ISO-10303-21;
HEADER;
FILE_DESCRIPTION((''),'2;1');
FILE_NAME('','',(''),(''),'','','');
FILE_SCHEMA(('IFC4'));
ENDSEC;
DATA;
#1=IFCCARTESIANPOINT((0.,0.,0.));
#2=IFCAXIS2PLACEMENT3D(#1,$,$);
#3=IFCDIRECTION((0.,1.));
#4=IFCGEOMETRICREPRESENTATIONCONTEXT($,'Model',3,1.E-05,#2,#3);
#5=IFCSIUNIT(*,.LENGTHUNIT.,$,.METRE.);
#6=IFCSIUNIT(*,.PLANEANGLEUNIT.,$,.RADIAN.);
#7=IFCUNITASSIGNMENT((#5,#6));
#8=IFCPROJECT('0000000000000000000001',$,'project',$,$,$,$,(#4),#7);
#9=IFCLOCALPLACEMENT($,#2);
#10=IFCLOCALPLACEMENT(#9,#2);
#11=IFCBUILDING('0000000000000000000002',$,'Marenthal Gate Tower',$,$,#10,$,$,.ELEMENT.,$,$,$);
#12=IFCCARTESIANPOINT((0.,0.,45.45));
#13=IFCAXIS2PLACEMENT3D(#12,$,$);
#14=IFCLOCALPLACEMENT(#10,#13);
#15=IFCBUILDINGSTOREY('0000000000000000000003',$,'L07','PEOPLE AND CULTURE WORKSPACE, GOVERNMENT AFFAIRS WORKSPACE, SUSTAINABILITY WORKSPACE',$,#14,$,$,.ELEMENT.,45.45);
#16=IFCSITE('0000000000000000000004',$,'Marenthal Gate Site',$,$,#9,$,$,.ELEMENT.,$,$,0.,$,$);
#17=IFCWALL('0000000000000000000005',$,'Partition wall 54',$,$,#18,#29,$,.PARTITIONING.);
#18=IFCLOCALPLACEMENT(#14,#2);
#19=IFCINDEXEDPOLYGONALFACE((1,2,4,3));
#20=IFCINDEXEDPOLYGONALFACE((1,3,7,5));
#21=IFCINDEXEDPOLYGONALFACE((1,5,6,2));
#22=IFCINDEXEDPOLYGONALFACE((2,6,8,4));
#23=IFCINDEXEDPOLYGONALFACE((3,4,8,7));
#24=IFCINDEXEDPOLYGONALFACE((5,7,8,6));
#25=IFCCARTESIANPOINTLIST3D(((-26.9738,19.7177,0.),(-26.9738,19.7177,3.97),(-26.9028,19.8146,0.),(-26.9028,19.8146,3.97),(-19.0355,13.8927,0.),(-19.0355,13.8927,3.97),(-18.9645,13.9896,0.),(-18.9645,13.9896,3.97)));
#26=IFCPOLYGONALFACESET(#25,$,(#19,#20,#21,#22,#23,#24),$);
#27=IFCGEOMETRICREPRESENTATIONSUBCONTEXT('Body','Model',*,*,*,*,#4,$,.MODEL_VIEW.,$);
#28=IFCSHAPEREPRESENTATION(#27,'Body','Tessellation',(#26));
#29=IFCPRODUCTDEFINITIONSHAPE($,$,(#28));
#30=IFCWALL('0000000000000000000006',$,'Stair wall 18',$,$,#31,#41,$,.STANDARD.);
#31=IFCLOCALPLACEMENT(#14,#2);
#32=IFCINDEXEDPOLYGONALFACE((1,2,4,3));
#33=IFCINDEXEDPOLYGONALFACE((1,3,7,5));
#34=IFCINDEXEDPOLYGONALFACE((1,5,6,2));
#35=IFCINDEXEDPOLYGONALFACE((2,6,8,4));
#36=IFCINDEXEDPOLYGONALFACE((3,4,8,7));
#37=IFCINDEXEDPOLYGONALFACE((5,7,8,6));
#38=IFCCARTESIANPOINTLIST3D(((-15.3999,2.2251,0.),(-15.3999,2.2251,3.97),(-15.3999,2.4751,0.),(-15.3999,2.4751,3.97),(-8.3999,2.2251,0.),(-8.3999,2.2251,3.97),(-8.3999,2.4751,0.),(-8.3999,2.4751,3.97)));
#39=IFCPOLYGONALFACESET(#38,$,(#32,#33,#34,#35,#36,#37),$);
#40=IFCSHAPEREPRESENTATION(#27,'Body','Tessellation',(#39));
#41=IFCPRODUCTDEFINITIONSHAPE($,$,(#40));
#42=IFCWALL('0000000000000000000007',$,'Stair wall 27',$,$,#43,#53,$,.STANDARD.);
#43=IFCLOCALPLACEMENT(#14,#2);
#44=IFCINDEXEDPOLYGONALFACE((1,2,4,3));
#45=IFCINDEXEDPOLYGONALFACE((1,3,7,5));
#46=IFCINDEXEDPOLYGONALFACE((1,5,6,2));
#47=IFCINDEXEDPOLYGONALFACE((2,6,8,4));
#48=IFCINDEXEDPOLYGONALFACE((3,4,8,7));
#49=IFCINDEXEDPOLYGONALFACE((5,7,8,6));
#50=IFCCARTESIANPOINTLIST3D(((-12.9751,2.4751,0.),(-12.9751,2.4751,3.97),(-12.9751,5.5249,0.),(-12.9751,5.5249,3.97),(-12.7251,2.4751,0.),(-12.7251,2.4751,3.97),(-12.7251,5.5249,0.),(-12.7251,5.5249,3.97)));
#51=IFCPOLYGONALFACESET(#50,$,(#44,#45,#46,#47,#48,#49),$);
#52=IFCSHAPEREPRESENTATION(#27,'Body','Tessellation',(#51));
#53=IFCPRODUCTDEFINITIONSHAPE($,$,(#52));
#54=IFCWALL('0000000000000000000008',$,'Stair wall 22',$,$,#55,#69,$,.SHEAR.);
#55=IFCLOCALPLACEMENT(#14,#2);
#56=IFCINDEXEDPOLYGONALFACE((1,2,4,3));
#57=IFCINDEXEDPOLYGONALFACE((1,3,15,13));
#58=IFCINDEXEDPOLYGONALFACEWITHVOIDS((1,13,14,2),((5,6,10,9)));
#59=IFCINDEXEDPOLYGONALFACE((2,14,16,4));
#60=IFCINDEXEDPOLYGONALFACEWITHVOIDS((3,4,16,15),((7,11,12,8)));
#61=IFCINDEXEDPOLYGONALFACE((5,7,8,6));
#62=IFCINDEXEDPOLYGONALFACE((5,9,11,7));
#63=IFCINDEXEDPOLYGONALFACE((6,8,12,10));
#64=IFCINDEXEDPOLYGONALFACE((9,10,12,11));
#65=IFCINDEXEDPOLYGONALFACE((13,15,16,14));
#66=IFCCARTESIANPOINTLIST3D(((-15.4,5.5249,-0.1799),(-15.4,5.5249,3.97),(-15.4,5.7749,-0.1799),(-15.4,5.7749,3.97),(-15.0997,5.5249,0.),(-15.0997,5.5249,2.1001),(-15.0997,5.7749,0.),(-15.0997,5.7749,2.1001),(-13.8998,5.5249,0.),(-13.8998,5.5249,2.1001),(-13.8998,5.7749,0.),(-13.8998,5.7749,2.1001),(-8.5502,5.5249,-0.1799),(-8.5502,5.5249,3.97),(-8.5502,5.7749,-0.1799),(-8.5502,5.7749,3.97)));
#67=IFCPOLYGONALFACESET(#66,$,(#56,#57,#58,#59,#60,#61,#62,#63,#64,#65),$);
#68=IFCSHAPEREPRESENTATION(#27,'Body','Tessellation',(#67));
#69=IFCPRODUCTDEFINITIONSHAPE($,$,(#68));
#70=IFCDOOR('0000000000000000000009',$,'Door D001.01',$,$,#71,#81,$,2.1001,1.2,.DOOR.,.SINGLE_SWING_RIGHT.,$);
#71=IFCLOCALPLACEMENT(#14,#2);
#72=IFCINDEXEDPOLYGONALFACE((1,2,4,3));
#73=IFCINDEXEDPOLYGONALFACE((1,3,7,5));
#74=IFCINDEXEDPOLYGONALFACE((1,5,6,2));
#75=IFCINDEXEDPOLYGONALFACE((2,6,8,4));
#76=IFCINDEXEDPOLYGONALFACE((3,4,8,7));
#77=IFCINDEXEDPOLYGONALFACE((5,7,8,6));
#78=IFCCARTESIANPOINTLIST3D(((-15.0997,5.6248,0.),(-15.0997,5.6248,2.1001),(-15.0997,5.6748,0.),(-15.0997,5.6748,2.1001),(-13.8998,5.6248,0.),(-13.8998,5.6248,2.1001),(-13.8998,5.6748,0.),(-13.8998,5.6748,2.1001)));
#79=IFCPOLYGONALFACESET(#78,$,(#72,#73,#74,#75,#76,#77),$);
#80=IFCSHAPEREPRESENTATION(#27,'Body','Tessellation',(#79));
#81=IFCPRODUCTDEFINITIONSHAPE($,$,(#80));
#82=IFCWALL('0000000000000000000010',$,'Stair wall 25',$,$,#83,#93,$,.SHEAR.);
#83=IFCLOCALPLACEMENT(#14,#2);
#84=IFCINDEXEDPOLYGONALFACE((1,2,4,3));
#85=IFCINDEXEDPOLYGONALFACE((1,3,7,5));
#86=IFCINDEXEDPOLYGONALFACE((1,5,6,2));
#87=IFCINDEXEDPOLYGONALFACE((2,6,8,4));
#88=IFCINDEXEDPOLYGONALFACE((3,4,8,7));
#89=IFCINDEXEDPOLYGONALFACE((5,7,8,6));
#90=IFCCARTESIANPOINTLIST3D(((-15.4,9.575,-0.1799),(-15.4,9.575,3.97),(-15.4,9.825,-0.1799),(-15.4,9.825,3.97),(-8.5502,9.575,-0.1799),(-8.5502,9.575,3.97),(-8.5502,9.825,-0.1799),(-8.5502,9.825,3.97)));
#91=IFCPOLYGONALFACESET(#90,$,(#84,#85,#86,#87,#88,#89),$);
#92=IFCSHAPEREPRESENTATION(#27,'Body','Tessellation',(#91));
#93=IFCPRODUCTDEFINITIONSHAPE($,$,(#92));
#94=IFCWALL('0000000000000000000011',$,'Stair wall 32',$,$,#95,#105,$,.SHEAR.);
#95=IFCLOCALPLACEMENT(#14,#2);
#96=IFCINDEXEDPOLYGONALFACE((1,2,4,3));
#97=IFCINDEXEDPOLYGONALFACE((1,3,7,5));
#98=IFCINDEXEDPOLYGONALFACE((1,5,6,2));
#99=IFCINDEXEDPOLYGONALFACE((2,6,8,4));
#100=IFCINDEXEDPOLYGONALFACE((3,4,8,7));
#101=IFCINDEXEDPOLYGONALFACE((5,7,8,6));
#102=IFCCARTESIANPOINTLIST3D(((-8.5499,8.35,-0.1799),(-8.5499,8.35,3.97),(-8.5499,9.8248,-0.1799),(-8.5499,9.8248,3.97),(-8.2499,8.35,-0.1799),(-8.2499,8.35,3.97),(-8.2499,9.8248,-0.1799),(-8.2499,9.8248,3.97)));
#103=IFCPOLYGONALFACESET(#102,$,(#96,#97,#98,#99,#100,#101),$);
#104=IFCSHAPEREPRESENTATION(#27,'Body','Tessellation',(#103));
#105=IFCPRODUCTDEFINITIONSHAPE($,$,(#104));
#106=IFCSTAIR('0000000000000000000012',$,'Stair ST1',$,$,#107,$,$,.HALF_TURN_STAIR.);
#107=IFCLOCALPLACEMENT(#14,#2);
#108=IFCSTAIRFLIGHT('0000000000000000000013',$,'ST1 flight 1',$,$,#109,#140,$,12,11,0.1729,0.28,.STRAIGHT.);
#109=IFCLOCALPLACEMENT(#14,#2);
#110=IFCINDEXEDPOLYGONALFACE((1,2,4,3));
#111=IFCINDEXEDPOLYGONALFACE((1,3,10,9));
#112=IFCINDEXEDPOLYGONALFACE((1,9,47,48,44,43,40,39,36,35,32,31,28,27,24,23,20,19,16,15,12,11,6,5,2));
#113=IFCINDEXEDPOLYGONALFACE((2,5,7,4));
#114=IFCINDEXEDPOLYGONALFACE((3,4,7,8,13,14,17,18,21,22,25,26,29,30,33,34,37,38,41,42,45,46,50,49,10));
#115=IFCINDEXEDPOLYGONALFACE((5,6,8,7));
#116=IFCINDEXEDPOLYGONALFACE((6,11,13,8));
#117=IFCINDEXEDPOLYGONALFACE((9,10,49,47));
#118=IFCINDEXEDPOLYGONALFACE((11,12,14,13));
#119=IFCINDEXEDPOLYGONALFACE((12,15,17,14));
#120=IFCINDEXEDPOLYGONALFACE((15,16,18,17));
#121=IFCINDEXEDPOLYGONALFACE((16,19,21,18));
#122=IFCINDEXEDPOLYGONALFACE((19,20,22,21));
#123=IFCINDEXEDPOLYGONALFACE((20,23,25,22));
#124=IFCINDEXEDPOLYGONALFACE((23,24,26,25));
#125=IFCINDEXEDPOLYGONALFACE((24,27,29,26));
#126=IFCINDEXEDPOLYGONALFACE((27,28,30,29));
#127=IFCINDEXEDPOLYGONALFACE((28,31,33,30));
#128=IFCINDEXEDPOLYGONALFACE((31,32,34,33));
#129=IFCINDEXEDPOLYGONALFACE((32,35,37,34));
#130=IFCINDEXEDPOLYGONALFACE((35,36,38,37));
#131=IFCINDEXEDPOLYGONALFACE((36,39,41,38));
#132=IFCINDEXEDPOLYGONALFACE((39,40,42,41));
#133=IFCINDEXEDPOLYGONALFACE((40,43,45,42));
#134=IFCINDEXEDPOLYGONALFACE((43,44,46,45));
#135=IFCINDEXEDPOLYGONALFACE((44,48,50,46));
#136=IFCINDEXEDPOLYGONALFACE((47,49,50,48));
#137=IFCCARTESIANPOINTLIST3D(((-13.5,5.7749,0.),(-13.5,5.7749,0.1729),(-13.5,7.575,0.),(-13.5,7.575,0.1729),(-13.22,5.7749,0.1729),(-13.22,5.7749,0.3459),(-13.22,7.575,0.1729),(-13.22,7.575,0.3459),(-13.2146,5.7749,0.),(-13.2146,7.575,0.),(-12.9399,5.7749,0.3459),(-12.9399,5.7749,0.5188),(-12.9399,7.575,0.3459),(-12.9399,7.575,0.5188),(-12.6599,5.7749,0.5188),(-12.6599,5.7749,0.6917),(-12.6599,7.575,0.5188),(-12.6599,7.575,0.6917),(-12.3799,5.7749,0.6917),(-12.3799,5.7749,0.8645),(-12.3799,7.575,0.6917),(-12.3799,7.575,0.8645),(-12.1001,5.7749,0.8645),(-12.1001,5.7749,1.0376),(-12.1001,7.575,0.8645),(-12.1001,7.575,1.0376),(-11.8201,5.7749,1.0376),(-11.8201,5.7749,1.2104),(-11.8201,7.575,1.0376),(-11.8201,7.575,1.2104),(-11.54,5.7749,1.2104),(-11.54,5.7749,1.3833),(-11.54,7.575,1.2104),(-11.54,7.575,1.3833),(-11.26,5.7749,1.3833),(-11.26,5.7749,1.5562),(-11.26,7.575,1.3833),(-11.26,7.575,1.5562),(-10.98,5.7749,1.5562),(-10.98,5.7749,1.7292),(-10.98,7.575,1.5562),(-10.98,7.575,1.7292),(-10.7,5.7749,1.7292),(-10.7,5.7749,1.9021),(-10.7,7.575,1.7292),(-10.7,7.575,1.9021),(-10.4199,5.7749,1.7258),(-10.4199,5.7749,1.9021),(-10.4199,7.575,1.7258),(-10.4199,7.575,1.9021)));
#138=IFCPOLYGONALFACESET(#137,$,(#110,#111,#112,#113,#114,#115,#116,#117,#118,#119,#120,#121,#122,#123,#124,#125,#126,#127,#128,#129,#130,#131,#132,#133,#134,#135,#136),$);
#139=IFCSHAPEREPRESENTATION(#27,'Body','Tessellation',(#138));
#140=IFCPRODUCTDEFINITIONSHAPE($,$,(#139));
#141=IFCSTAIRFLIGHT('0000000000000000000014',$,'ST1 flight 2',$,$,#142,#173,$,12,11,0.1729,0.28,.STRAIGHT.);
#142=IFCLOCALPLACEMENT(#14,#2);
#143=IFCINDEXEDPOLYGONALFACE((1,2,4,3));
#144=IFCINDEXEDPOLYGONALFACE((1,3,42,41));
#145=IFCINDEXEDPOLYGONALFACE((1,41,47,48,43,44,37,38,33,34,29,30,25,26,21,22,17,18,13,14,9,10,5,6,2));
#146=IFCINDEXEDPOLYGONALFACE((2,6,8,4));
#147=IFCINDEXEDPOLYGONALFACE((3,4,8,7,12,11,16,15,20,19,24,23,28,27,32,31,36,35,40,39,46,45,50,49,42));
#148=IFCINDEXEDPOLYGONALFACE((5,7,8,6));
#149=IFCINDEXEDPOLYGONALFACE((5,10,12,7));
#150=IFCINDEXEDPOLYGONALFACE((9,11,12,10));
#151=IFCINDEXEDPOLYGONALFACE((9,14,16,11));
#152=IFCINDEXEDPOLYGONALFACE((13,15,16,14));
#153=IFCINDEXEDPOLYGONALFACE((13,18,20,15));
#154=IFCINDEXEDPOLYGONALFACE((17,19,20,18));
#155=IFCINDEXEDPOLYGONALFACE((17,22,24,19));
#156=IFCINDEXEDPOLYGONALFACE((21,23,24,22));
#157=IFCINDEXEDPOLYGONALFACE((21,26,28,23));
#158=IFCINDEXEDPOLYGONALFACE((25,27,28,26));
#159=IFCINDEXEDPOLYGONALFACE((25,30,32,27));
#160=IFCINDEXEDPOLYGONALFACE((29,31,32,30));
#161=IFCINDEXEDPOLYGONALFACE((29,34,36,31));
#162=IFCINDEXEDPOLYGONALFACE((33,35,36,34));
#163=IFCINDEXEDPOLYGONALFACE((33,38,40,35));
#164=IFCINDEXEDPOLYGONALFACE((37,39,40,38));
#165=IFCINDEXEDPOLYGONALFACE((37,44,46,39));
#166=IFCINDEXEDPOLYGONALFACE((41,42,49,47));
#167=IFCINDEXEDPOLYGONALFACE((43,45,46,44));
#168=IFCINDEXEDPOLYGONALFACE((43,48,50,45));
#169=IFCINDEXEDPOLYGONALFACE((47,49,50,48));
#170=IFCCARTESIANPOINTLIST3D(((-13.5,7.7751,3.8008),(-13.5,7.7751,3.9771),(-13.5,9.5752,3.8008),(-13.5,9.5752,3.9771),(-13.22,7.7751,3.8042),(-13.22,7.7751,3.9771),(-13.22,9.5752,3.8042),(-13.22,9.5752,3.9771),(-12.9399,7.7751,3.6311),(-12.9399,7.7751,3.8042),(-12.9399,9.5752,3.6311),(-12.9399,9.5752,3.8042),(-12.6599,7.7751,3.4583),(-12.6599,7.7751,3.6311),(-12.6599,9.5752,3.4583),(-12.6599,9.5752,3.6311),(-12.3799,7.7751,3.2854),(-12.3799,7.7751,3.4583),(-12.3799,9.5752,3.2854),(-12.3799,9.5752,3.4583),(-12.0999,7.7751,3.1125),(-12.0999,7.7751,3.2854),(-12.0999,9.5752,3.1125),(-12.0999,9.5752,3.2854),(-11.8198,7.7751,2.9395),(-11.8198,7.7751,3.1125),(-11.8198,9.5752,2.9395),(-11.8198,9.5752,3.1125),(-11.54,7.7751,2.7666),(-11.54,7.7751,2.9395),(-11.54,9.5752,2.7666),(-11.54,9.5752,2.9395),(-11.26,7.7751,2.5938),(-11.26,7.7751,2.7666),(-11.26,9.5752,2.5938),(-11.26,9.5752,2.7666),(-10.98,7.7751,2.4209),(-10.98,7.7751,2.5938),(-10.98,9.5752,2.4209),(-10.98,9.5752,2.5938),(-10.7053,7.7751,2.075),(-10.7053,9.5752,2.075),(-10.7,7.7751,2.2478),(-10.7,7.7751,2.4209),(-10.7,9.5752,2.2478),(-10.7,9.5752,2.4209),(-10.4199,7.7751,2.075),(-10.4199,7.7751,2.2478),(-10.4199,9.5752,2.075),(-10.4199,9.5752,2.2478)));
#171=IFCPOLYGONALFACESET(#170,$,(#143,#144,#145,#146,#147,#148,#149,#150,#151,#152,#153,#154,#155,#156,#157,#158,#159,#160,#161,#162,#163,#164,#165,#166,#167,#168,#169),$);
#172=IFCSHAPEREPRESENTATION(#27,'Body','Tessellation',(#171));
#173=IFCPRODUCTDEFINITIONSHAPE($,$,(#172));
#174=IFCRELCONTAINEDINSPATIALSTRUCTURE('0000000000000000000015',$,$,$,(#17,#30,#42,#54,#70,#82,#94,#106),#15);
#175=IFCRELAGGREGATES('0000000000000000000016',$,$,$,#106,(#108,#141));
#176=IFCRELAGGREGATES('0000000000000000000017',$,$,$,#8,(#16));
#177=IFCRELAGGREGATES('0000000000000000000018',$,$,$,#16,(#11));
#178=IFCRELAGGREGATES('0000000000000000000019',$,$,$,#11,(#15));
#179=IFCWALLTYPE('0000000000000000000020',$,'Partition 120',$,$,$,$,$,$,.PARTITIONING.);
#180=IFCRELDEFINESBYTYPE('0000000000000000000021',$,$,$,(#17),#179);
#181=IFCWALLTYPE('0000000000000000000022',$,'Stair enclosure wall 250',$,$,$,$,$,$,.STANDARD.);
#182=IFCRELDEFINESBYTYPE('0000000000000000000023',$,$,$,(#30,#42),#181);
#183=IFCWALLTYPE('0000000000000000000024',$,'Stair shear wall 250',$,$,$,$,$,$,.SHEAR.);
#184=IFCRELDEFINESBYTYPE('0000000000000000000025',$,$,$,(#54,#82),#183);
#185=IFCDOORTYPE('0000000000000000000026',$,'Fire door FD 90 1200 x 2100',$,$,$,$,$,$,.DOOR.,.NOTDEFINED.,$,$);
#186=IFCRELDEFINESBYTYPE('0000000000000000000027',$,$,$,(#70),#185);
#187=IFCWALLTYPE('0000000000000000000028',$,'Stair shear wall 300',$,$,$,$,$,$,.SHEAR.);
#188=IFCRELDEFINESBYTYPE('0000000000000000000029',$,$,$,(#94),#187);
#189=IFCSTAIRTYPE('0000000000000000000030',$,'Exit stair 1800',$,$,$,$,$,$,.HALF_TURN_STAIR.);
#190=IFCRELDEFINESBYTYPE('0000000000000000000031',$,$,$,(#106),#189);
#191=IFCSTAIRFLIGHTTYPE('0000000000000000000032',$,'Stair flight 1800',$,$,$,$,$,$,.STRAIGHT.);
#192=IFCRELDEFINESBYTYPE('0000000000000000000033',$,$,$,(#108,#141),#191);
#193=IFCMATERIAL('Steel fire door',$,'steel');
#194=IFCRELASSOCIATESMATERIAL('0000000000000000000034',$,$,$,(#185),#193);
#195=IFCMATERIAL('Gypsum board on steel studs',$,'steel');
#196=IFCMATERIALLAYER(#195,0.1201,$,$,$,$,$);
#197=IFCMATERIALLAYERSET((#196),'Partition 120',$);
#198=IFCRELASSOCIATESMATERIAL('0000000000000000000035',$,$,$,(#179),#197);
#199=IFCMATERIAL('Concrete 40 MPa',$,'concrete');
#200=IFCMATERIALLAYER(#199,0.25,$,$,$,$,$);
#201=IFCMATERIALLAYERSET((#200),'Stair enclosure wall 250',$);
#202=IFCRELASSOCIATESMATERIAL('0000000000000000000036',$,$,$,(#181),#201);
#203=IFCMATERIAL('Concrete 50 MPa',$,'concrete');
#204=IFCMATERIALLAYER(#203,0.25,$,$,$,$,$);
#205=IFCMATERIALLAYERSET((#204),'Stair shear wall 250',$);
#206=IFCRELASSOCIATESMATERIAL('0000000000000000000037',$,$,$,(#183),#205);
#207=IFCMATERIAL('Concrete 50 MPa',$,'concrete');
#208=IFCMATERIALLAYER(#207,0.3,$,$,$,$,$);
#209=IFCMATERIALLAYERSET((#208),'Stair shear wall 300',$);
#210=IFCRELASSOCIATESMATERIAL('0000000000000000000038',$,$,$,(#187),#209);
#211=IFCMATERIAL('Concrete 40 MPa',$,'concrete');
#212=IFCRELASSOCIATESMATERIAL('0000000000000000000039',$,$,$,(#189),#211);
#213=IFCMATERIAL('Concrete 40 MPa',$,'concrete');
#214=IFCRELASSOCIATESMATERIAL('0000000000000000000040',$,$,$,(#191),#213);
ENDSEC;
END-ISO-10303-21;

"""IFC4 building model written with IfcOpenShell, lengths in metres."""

from ifc_helpers import new_model, si_unit, direction, frame, frame_2d, origin, place, context, subcontext, project, spatial, polyline, rectangle, outline, extrude, material, layer, layer_set, type_object, element, fill, aggregate, save


model = new_model("IFC4")

# Units and contexts
model_context = context("Model", 3, precision=1e-05, world=origin(), true_north=direction((0.0, 1.0)))
body_context = subcontext(model_context, "Body", "Model", "MODEL_VIEW")
ifc_project = project(units=[si_unit("LENGTHUNIT", "METRE"), si_unit("PLANEANGLEUNIT", "RADIAN")], contexts=[model_context])

# Site, building, storey
site_placement = place(None, origin())
site = spatial("IfcSite", under=ifc_project, at=site_placement, Name="Marenthal Gate Site", CompositionType="ELEMENT", RefElevation=0.0)
building_placement = place(site_placement, origin())
building = spatial("IfcBuilding", under=site, at=building_placement, Name="Marenthal Gate Tower", CompositionType="ELEMENT")
storey_placement = place(building_placement, frame((0.0, 0.0, 45.45)))
storey = spatial("IfcBuildingStorey", under=building, at=storey_placement, Name="L07", Description="PEOPLE AND CULTURE WORKSPACE, GOVERNMENT AFFAIRS WORKSPACE, SUSTAINABILITY WORKSPACE", CompositionType="ELEMENT", Elevation=45.45)

# Shared definitions
ifc_material_1 = material(Name="Steel fire door", Category="steel")
door_type_1 = type_object("IfcDoorType", Name="Fire door FD 90 1200 x 2100", OperationType="NOTDEFINED", PredefinedType="DOOR", material=ifc_material_1)

# Walls
ifc_material_2 = material(Name="Gypsum board on steel studs", Category="steel")
ifc_layer_1 = layer(ifc_material_2, 0.1201)
ifc_layer_set_1 = layer_set([ifc_layer_1], Name="Partition 120")
wall_type_1 = type_object("IfcWallType", Name="Partition 120", PredefinedType="PARTITIONING", material=ifc_layer_set_1)
wall_1_placement = place(storey_placement, frame((-19.0, 13.9412, 0.0), z_axis=(0.0, 0.0, 1.0), x_axis=(-0.806232, 0.5916, 0.0)))
element("IfcWall", 1, at=wall_1_placement, inside=storey, type_object=wall_type_1, Name="Partition wall 54", PredefinedType="PARTITIONING", context=body_context, shape_type="SweptSolid", body=[
    extrude(rectangle(XDim=9.8462, YDim=0.1201, at=frame_2d((4.9231, 0.0))), origin(), (0.0, 0.0, 1.0), 3.97),
])
ifc_material_3 = material(Name="Concrete 40 MPa", Category="concrete")
ifc_layer_2 = layer(ifc_material_3, 0.25)
ifc_layer_set_2 = layer_set([ifc_layer_2], Name="Stair enclosure wall 250")
wall_type_2 = type_object("IfcWallType", Name="Stair enclosure wall 250", PredefinedType="STANDARD", material=ifc_layer_set_2)
wall_2_placement = place(storey_placement, frame((-15.3999, 2.3501, 0.0), z_axis=(0.0, 0.0, 1.0), x_axis=(1.0, 0.0, 0.0)))
element("IfcWall", 2, at=wall_2_placement, inside=storey, type_object=wall_type_2, Name="Stair wall 18", PredefinedType="STANDARD", context=body_context, shape_type="SweptSolid", body=[
    extrude(rectangle(XDim=7.0, YDim=0.25, at=frame_2d((3.5, 0.0))), origin(), (0.0, 0.0, 1.0), 3.97),
])
wall_3_placement = place(storey_placement, frame((-12.8501, 2.4751, 0.0), z_axis=(0.0, 0.0, 1.0), x_axis=(0.0, 1.0, 0.0)))
element("IfcWall", 3, at=wall_3_placement, inside=storey, type_object=wall_type_2, Name="Stair wall 27", PredefinedType="STANDARD", context=body_context, shape_type="SweptSolid", body=[
    extrude(rectangle(XDim=3.0498, YDim=0.25, at=frame_2d((1.5249, 0.0))), origin(), (0.0, 0.0, 1.0), 3.97),
])

# Wall, opening, door
ifc_material_4 = material(Name="Concrete 50 MPa", Category="concrete")
ifc_layer_3 = layer(ifc_material_4, 0.25)
ifc_layer_set_3 = layer_set([ifc_layer_3], Name="Stair shear wall 250")
wall_type_3 = type_object("IfcWallType", Name="Stair shear wall 250", PredefinedType="SHEAR", material=ifc_layer_set_3)
wall_4_placement = place(storey_placement, frame((-15.3999, 5.6499, -0.1799), z_axis=(0.0, 0.0, 1.0), x_axis=(1.0, 0.0, 0.0)))
wall_4 = element("IfcWall", 4, at=wall_4_placement, inside=storey, type_object=wall_type_3, Name="Stair wall 22", PredefinedType="SHEAR", context=body_context, shape_type="SweptSolid", body=[
    extrude(rectangle(XDim=6.8499, YDim=0.25, at=frame_2d((3.4248, 0.0))), origin(), (0.0, 0.0, 1.0), 4.1499),
])
opening_1_placement = place(wall_4_placement, frame((0.3, 0.0, 0.1799)))
opening_1 = element("IfcOpeningElement", 5, at=opening_1_placement, cuts=wall_4, PredefinedType="OPENING", context=body_context, shape_type="SweptSolid", body=[
    extrude(rectangle(XDim=1.2, YDim=2.1001, at=frame_2d((0.6001, 1.05))), frame((0.0, 0.135, 0.0), z_axis=(0.0, -1.0, 0.0), x_axis=(1.0, 0.0, 0.0)), (0.0, 0.0, 1.0), 0.27),
])
door_1_placement = place(opening_1_placement, origin())
door_1 = element("IfcDoor", 6, at=door_1_placement, inside=storey, type_object=door_type_1, Name="Door D001.01", OperationType="SINGLE_SWING_RIGHT", OverallHeight=2.1001, OverallWidth=1.2, PredefinedType="DOOR", context=body_context, shape_type="SweptSolid", body=[
    extrude(rectangle(XDim=1.2, YDim=2.1001, at=frame_2d((0.6001, 1.05))), frame((0.0, 0.0249, 0.0), z_axis=(0.0, -1.0, 0.0), x_axis=(1.0, 0.0, 0.0)), (0.0, 0.0, 1.0), 0.05),
])
fill(opening_1, door_1)

# Walls
wall_5_placement = place(storey_placement, frame((-15.3999, 9.7, -0.1799), z_axis=(0.0, 0.0, 1.0), x_axis=(1.0, 0.0, 0.0)))
element("IfcWall", 7, at=wall_5_placement, inside=storey, type_object=wall_type_3, Name="Stair wall 25", PredefinedType="SHEAR", context=body_context, shape_type="SweptSolid", body=[
    extrude(rectangle(XDim=6.8499, YDim=0.25, at=frame_2d((3.4248, 0.0))), origin(), (0.0, 0.0, 1.0), 4.1499),
])
ifc_material_5 = material(Name="Concrete 50 MPa", Category="concrete")
ifc_layer_4 = layer(ifc_material_5, 0.3)
ifc_layer_set_4 = layer_set([ifc_layer_4], Name="Stair shear wall 300")
wall_type_4 = type_object("IfcWallType", Name="Stair shear wall 300", PredefinedType="SHEAR", material=ifc_layer_set_4)
wall_6_placement = place(storey_placement, frame((-8.3999, 8.3501, -0.1799), z_axis=(0.0, 0.0, 1.0), x_axis=(0.0, 1.0, 0.0)))
element("IfcWall", 8, at=wall_6_placement, inside=storey, type_object=wall_type_4, Name="Stair wall 32", PredefinedType="SHEAR", context=body_context, shape_type="SweptSolid", body=[
    extrude(rectangle(XDim=1.4749, YDim=0.3, at=frame_2d((0.7373, 0.0))), origin(), (0.0, 0.0, 1.0), 4.1499),
])

# Stair, stair flights
ifc_material_6 = material(Name="Concrete 40 MPa", Category="concrete")
stair_type = type_object("IfcStairType", Name="Exit stair 1800", PredefinedType="HALF_TURN_STAIR", material=ifc_material_6)
stair_placement = place(storey_placement, origin())
stair = element("IfcStair", 9, at=stair_placement, inside=storey, type_object=stair_type, Name="Stair ST1", PredefinedType="HALF_TURN_STAIR")
ifc_material_7 = material(Name="Concrete 40 MPa", Category="concrete")
stair_flight_type = type_object("IfcStairFlightType", Name="Stair flight 1800", PredefinedType="STRAIGHT", material=ifc_material_7)
stair_flight_1_placement = place(storey_placement, frame((-13.5, 6.675, 0.0), z_axis=(0.0, 0.0, 1.0), x_axis=(1.0, 0.0, 0.0)))
stair_flight_1 = element("IfcStairFlight", 10, at=stair_flight_1_placement, type_object=stair_flight_type, Name="ST1 flight 1", NumberOfRisers=12, NumberOfTreads=11, PredefinedType="STRAIGHT", RiserHeight=0.1729, TreadLength=0.28, context=body_context, shape_type="SweptSolid", body=[
    extrude(outline(polyline([(0.0, 0.0), (0.0, 0.1729), (0.28, 0.1729), (0.28, 0.3459), (0.5601, 0.3459), (0.5601, 0.5188), (0.8401, 0.5188), (0.8401, 0.6917), (1.1201, 0.6917), (1.1201, 0.8645), (1.3999, 0.8645), (1.3999, 1.0376), (1.6799, 1.0376), (1.6799, 1.2104), (1.96, 1.2104), (1.96, 1.3833), (2.24, 1.3833), (2.24, 1.5562), (2.52, 1.5562), (2.52, 1.7292), (2.8, 1.7292), (2.8, 1.9021), (3.0801, 1.9021), (3.0801, 2.075), (3.0801, 1.7258), (0.2854, 0.0), (0.0, 0.0)])), frame((0.0, 0.8999, 0.0), z_axis=(0.0, -1.0, 0.0), x_axis=(1.0, 0.0, 0.0)), (0.0, 0.0, 1.0), 1.8),
])
stair_flight_2_placement = place(storey_placement, frame((-10.4199, 8.675, 2.075), z_axis=(0.0, 0.0, 1.0), x_axis=(-1.0, 0.0, 0.0)))
stair_flight_2 = element("IfcStairFlight", 11, at=stair_flight_2_placement, type_object=stair_flight_type, Name="ST1 flight 2", NumberOfRisers=12, NumberOfTreads=11, PredefinedType="STRAIGHT", RiserHeight=0.1729, TreadLength=0.28, context=body_context, shape_type="SweptSolid", body=[
    extrude(outline(polyline([(0.0, 0.0), (0.0, 0.1729), (0.28, 0.1729), (0.28, 0.3459), (0.5601, 0.3459), (0.5601, 0.5188), (0.8401, 0.5188), (0.8401, 0.6917), (1.1201, 0.6917), (1.1201, 0.8645), (1.3999, 0.8645), (1.3999, 1.0376), (1.6799, 1.0376), (1.6799, 1.2104), (1.96, 1.2104), (1.96, 1.3833), (2.24, 1.3833), (2.24, 1.5562), (2.52, 1.5562), (2.52, 1.7292), (2.8, 1.7292), (2.8, 1.9021), (3.0801, 1.9021), (3.0801, 2.075), (3.0801, 1.7258), (0.2854, 0.0), (0.0, 0.0)])), frame((0.0, 0.8999, 0.0), z_axis=(0.0, -1.0, 0.0), x_axis=(1.0, 0.0, 0.0)), (0.0, 0.0, 1.0), 1.8),
])
aggregate(stair, [stair_flight_1, stair_flight_2])

save(model, "model.ifc")
